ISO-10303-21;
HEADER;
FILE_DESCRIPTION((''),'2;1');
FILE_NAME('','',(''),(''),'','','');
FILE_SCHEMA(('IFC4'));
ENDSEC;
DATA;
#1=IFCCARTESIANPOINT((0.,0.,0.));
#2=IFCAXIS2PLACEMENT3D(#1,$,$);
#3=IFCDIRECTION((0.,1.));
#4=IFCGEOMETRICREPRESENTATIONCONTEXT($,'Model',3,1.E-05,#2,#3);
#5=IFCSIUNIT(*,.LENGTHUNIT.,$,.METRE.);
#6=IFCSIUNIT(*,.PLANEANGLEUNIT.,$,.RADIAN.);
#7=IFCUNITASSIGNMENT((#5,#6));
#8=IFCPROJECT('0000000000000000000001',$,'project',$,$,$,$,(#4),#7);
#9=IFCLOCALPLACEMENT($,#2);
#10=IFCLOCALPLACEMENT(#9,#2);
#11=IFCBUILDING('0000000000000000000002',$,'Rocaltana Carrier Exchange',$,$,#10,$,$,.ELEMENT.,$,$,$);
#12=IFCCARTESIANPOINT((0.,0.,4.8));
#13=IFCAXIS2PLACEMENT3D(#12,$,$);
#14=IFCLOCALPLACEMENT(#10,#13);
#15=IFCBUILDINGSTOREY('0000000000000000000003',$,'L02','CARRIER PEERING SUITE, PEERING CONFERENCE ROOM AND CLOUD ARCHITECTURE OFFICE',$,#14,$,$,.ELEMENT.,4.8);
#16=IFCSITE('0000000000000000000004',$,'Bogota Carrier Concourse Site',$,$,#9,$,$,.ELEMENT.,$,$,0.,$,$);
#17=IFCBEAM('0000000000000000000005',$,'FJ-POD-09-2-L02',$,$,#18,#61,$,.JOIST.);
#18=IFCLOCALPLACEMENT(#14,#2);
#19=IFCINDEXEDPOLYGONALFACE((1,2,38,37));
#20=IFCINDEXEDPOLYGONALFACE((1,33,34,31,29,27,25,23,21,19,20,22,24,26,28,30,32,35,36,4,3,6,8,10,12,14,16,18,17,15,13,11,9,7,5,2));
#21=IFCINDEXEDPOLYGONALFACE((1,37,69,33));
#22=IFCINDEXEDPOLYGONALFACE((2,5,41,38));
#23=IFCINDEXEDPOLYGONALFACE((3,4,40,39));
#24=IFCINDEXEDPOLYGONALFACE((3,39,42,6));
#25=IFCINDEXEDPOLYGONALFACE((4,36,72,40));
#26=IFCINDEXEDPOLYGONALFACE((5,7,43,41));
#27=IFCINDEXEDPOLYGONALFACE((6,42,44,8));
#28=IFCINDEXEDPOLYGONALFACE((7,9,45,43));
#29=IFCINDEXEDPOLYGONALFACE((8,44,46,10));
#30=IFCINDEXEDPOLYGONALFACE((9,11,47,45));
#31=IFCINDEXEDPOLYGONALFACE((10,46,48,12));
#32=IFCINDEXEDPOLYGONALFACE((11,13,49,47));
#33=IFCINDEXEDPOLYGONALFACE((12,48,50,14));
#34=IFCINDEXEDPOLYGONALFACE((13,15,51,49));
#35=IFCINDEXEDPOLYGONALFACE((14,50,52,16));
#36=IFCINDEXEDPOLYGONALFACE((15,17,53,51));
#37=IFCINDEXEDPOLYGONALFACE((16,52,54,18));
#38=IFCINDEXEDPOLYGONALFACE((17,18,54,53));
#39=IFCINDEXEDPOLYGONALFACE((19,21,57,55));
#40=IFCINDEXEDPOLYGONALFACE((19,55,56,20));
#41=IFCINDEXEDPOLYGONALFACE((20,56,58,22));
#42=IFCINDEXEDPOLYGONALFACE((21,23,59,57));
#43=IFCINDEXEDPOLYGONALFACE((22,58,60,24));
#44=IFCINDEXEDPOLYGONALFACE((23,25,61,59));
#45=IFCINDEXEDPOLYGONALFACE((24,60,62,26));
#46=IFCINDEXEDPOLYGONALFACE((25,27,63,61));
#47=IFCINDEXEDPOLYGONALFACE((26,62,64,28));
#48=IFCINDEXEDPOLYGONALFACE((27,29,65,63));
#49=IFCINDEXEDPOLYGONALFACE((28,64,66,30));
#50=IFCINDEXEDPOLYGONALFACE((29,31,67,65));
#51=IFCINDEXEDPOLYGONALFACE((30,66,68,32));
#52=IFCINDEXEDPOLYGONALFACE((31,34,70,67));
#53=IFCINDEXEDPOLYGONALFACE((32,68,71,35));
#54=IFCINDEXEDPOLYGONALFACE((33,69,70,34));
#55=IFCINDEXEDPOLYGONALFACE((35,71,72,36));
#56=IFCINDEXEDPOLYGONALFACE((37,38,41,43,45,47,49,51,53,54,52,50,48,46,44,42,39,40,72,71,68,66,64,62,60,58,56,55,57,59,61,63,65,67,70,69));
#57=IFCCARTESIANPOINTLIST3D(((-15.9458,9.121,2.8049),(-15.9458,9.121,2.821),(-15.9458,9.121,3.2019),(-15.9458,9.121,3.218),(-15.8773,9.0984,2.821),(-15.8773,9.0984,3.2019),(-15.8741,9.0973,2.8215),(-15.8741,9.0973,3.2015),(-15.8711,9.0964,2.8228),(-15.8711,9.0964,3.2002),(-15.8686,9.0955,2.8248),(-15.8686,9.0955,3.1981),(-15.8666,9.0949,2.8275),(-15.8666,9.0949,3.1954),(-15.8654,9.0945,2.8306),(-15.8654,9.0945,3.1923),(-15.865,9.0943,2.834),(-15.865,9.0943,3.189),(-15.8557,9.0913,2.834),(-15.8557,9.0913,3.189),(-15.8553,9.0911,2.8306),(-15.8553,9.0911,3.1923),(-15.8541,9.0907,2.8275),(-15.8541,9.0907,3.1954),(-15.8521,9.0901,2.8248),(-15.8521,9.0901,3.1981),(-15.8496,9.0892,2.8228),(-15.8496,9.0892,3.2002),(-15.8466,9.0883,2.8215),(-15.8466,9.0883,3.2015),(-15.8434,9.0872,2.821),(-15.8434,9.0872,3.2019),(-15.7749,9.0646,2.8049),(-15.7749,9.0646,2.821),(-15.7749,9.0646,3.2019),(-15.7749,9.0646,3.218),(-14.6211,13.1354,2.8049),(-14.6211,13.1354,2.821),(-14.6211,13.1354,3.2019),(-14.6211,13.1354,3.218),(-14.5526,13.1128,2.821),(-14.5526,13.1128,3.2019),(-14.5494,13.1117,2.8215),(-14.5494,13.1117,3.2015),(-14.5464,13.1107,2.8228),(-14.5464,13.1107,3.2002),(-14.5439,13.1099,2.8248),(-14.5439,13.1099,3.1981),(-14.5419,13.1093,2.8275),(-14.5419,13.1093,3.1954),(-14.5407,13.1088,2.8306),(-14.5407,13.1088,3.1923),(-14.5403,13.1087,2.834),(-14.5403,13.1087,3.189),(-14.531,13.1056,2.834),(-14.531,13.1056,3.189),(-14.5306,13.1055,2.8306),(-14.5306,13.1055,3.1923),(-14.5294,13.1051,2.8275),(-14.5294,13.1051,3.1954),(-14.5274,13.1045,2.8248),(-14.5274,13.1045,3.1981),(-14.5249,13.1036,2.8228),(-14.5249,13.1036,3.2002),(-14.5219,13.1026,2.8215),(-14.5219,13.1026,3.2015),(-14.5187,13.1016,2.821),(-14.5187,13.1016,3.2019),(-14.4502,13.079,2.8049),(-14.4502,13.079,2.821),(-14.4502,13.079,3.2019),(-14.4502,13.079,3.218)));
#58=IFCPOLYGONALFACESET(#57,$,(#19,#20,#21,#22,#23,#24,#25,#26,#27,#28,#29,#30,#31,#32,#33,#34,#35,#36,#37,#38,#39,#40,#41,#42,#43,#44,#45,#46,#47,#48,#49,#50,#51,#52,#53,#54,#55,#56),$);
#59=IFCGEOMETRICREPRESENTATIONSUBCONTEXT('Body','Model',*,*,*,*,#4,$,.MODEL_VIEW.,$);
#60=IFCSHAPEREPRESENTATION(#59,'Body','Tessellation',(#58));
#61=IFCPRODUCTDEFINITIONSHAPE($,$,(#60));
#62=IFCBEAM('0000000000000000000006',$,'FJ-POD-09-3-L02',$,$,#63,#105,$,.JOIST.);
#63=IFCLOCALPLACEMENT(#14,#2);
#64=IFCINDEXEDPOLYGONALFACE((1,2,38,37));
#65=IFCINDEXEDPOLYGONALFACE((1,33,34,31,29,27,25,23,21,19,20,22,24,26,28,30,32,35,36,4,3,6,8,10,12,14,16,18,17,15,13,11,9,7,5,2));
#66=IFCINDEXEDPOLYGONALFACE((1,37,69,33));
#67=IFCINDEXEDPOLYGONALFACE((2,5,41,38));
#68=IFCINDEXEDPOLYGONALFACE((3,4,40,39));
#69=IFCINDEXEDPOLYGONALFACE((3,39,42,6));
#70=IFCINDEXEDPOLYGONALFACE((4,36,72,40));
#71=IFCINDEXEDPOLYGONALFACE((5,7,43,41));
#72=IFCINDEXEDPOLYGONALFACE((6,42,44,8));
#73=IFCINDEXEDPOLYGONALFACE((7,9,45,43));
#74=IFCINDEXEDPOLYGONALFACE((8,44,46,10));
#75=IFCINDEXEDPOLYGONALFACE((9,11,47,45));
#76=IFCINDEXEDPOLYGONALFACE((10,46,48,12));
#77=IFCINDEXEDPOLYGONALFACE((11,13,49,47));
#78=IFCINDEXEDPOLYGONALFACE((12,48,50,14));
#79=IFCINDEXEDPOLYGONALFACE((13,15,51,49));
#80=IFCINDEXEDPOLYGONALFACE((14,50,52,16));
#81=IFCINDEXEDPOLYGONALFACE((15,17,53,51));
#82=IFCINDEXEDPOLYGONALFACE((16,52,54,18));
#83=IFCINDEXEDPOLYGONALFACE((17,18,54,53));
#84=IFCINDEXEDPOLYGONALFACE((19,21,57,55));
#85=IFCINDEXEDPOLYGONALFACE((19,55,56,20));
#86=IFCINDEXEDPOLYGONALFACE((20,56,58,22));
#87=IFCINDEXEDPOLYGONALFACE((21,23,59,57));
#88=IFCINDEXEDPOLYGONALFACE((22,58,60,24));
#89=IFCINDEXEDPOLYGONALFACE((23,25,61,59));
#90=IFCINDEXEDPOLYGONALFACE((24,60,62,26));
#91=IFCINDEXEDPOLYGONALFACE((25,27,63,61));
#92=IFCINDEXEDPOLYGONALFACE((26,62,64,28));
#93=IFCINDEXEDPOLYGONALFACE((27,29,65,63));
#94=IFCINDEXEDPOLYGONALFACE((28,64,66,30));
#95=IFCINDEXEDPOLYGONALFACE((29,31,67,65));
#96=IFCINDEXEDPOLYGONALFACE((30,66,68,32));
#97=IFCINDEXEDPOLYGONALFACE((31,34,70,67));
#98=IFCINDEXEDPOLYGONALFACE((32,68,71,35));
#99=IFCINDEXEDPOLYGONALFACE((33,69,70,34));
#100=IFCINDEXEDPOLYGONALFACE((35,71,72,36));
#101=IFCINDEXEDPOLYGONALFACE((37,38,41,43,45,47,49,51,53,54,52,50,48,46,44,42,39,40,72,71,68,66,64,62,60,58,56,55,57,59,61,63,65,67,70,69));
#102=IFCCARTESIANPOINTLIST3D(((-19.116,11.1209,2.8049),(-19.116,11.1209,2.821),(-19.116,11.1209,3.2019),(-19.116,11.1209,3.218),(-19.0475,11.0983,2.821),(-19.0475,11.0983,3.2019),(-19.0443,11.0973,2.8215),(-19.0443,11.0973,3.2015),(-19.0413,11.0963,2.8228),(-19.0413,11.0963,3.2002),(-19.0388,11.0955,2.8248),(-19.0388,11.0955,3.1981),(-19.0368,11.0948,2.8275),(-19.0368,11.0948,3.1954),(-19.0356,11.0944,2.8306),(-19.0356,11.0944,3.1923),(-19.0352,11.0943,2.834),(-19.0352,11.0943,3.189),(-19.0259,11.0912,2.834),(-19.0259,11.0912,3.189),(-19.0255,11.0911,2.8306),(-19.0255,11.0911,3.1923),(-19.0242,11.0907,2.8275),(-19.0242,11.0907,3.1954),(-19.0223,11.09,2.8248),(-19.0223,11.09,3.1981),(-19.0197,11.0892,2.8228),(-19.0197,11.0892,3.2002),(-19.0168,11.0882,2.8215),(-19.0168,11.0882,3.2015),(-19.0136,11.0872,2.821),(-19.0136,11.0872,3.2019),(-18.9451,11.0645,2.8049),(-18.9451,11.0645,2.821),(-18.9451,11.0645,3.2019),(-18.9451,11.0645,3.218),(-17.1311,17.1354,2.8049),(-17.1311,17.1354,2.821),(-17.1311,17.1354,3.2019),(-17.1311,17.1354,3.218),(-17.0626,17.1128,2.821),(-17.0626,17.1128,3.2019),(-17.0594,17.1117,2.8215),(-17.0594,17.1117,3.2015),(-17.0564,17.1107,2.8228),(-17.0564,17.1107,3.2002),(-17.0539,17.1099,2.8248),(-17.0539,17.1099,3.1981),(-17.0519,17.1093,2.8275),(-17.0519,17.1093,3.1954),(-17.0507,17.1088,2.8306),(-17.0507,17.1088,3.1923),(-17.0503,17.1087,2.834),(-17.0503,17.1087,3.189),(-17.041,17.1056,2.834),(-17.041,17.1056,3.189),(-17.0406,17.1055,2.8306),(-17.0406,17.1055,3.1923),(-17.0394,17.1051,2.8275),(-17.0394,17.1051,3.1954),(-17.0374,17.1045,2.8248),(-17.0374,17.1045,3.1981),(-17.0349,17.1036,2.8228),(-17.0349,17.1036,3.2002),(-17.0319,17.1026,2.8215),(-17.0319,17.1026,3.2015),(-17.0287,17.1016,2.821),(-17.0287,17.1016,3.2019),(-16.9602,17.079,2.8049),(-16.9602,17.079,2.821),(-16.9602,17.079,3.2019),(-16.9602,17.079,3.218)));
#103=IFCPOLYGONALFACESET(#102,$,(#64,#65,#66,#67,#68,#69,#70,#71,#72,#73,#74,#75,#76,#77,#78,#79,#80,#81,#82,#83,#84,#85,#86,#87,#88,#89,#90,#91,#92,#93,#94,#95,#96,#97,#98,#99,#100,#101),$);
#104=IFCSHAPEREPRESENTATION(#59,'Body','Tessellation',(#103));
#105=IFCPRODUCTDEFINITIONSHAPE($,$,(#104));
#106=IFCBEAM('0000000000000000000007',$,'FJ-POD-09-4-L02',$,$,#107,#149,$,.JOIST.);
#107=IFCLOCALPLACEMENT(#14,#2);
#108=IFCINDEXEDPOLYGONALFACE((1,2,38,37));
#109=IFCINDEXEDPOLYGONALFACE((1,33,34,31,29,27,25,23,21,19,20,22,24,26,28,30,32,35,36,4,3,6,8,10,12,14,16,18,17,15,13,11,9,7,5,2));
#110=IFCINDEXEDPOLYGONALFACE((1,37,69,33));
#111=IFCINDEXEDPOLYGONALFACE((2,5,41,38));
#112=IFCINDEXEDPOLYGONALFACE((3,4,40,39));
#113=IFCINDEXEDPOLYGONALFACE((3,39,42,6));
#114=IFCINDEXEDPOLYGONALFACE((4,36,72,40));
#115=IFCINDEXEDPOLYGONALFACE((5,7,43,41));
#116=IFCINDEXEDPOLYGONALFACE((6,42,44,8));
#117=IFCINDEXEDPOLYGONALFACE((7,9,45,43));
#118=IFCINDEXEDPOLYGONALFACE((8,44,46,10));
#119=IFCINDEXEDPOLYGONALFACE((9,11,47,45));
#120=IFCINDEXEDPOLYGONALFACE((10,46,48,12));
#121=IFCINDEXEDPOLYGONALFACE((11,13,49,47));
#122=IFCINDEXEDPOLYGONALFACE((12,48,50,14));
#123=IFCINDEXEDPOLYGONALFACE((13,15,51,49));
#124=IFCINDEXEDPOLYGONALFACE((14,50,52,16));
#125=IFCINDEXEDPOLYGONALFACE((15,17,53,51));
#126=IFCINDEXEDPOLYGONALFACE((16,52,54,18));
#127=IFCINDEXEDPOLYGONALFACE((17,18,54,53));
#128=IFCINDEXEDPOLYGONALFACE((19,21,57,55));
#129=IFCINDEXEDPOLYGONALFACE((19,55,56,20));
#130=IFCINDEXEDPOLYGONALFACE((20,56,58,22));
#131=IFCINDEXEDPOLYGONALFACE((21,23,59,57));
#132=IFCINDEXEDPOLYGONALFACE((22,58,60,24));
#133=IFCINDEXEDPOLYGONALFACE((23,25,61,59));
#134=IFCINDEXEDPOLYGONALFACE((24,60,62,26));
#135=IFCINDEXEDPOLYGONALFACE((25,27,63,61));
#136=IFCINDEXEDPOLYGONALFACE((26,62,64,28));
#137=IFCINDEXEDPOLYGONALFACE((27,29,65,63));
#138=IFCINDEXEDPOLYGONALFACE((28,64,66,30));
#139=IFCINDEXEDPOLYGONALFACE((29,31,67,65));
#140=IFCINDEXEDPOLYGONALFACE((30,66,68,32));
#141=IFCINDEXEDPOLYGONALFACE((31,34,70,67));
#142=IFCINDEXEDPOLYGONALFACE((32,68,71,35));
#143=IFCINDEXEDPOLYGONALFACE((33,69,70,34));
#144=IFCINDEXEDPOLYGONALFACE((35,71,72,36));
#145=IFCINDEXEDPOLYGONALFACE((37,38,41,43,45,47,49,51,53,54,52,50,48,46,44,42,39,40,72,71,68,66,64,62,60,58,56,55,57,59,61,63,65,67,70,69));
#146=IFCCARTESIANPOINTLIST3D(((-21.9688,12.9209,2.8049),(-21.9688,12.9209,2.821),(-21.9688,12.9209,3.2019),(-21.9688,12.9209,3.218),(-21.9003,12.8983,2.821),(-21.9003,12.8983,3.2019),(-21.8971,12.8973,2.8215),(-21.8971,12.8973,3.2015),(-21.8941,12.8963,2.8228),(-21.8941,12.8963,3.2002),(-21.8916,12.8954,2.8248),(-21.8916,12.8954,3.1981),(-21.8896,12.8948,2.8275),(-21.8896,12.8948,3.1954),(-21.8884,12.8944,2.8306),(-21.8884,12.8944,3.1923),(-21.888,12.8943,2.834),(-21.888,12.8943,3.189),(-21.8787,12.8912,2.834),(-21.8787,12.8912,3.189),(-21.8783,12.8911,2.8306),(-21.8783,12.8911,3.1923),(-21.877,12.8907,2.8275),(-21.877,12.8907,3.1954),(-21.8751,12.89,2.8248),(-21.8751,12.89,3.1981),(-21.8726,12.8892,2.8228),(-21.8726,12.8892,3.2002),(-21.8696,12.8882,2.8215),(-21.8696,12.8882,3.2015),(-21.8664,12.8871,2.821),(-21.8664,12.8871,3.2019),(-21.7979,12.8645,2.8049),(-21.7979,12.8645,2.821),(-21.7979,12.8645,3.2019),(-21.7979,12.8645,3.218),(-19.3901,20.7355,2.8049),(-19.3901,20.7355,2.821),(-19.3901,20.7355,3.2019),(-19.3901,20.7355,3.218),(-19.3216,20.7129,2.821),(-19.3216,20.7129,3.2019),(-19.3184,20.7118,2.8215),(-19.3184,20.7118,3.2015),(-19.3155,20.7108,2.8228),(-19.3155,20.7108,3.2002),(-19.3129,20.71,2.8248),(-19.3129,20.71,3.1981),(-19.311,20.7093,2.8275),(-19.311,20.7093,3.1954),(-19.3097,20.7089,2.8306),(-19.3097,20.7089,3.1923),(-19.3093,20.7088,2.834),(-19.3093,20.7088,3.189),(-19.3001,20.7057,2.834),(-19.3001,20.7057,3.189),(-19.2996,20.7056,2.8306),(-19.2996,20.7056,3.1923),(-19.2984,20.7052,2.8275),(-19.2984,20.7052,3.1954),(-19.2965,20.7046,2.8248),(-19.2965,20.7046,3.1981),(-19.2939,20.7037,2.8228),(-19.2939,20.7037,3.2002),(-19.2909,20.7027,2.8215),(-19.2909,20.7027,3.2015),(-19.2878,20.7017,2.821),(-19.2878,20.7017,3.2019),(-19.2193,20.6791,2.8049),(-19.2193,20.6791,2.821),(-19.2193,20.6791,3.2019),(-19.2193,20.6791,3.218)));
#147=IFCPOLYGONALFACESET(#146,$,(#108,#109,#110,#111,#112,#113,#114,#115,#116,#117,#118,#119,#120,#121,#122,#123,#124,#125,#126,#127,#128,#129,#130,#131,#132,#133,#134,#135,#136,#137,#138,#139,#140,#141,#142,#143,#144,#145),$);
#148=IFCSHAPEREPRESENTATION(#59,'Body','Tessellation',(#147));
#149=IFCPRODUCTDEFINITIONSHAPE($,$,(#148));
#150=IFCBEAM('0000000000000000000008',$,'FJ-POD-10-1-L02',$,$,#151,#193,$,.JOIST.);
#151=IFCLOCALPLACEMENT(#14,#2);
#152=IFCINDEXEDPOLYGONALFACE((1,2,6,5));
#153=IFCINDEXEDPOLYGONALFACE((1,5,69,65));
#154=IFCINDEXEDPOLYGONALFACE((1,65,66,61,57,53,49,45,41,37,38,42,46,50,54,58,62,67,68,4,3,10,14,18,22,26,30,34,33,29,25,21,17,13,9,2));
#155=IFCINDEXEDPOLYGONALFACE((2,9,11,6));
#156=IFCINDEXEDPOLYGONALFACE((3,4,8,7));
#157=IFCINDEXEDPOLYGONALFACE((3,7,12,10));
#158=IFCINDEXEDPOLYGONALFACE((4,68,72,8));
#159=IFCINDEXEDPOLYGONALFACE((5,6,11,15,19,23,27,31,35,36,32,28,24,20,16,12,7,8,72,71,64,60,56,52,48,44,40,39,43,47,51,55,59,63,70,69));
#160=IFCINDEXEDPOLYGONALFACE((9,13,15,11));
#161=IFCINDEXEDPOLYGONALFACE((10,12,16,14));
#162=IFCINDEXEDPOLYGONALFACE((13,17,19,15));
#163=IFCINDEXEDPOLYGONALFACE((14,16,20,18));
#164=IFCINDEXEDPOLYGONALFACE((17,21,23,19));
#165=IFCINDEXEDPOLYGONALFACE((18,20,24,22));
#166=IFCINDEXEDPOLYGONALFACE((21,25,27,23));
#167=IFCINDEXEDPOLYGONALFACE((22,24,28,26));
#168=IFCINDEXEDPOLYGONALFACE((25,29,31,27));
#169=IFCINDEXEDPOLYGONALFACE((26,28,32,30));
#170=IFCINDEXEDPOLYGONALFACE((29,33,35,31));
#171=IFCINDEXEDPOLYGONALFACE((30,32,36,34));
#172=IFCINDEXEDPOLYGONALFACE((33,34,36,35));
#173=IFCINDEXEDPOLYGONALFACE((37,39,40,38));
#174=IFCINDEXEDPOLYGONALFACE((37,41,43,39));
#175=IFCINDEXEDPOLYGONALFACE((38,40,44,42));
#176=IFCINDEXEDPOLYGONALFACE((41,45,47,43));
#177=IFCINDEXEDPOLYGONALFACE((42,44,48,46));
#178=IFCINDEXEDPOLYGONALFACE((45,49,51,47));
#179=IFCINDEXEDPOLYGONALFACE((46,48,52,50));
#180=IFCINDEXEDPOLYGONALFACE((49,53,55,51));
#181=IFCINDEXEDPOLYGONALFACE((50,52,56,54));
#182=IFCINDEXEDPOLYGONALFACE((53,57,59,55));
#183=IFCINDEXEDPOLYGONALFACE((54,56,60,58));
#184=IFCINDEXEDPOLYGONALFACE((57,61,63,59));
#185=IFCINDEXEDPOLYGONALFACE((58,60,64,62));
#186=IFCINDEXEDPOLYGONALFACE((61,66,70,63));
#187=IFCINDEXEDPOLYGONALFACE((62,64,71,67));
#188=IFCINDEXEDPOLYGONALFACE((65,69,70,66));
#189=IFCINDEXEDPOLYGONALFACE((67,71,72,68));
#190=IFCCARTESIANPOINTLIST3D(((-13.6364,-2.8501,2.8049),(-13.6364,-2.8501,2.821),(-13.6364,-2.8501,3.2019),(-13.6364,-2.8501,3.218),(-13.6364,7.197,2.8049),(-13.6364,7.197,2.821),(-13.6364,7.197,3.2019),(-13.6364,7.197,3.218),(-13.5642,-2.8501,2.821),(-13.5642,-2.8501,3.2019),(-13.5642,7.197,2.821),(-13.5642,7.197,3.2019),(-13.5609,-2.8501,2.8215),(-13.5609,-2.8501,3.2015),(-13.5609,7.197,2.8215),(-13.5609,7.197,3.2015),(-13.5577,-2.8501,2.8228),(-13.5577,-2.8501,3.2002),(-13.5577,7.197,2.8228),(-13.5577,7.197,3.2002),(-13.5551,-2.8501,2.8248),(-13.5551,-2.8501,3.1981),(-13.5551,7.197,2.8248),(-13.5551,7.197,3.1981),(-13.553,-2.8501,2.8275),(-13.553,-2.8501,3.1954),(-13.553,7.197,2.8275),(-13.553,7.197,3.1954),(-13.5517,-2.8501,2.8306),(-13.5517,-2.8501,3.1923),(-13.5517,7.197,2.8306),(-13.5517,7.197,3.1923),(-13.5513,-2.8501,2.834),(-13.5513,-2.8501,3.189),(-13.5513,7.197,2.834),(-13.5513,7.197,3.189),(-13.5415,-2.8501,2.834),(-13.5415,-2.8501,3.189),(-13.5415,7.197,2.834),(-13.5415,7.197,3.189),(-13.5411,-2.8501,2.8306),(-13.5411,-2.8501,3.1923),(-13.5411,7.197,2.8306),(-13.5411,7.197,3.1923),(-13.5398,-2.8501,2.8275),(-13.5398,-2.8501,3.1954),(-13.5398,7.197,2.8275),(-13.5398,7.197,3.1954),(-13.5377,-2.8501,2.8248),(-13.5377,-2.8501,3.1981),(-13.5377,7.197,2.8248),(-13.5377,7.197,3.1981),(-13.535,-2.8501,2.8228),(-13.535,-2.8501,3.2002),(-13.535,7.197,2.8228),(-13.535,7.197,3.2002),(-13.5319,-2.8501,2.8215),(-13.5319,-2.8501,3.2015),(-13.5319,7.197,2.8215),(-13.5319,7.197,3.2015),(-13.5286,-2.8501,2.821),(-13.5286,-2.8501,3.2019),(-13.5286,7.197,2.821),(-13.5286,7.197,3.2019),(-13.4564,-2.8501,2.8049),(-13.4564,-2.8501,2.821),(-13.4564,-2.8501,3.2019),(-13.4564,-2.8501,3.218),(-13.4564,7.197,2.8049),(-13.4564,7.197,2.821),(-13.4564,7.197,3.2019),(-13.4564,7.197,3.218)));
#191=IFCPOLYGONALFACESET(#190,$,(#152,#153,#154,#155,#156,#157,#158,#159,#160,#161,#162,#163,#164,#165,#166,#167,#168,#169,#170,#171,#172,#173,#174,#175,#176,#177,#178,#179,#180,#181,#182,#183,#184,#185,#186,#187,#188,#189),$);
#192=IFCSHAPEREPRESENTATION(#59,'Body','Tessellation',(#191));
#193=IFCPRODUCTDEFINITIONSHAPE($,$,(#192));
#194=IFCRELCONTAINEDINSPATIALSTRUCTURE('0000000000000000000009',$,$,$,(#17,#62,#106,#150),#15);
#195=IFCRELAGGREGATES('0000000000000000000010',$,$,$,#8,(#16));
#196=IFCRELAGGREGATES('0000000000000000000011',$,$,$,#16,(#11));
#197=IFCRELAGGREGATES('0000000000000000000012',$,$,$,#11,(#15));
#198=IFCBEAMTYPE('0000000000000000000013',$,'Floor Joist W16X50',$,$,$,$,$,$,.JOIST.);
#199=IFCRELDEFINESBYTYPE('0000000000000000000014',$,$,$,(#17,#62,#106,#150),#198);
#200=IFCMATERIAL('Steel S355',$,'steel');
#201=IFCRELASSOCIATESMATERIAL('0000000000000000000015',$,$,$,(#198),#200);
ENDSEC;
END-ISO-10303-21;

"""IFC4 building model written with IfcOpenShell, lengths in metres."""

from ifc_helpers import new_model, si_unit, direction, frame, origin, origin_2d, place, context, subcontext, project, spatial, i_section, extrude, material, material_profile, profile_set, type_object, element, save


model = new_model("IFC4")

# Units and contexts
model_context = context("Model", 3, precision=1e-05, world=origin(), true_north=direction((0.0, 1.0)))
body_context = subcontext(model_context, "Body", "Model", "MODEL_VIEW")
ifc_project = project(units=[si_unit("LENGTHUNIT", "METRE"), si_unit("PLANEANGLEUNIT", "RADIAN")], contexts=[model_context])

# Site, building, storey
site_placement = place(None, origin())
site = spatial("IfcSite", under=ifc_project, at=site_placement, Name="Bogota Carrier Concourse Site", CompositionType="ELEMENT", RefElevation=0.0)
building_placement = place(site_placement, origin())
building = spatial("IfcBuilding", under=site, at=building_placement, Name="Rocaltana Carrier Exchange", CompositionType="ELEMENT")
storey_placement = place(building_placement, frame((0.0, 0.0, 4.8)))
storey = spatial("IfcBuildingStorey", under=building, at=storey_placement, Name="L02", Description="CARRIER PEERING SUITE, PEERING CONFERENCE ROOM AND CLOUD ARCHITECTURE OFFICE", CompositionType="ELEMENT", Elevation=4.8)

# Beams
ifc_material_1 = material(Name="Steel S355", Category="steel")
ifc_material_profile_1 = material_profile(ifc_material_1, i_section(OverallWidth=0.1799, OverallDepth=0.4131, WebThickness=0.0098, FlangeThickness=0.0161, FilletRadius=0.0129, at=origin_2d()), Name="W16X50")
ifc_profile_set_1 = profile_set([ifc_material_profile_1], Name="Steel S355")
beam_type_1 = type_object("IfcBeamType", Name="Floor Joist W16X50", PredefinedType="JOIST", material=ifc_profile_set_1)
beam_1_placement = place(storey_placement, frame((-14.5356, 13.1072, 3.0115), z_axis=(-0.313368, -0.949632, 0.0), x_axis=(0.949632, -0.313368, 0.0)))
element("IfcBeam", 1, at=beam_1_placement, inside=storey, type_object=beam_type_1, Name="FJ-POD-09-2-L02", PredefinedType="JOIST", context=body_context, shape_type="SweptSolid", body=[
    extrude(i_section(OverallWidth=0.1799, OverallDepth=0.4131, WebThickness=0.0098, FlangeThickness=0.0161, FilletRadius=0.0129, at=origin_2d()), origin(), (0.0, 0.0, 1.0), 4.2273),
])
beam_2_placement = place(storey_placement, frame((-17.0457, 17.1072, 3.0115), z_axis=(-0.313393, -0.949623, 0.0), x_axis=(0.949623, -0.313393, 0.0)))
element("IfcBeam", 2, at=beam_2_placement, inside=storey, type_object=beam_type_1, Name="FJ-POD-09-3-L02", PredefinedType="JOIST", context=body_context, shape_type="SweptSolid", body=[
    extrude(i_section(OverallWidth=0.1799, OverallDepth=0.4131, WebThickness=0.0098, FlangeThickness=0.0161, FilletRadius=0.0129, at=origin_2d()), origin(), (0.0, 0.0, 1.0), 6.3335),
])
beam_3_placement = place(storey_placement, frame((-19.3047, 20.7073, 3.0115), z_axis=(-0.31336, -0.949634, 0.0), x_axis=(0.949634, -0.31336, 0.0)))
element("IfcBeam", 3, at=beam_3_placement, inside=storey, type_object=beam_type_1, Name="FJ-POD-09-4-L02", PredefinedType="JOIST", context=body_context, shape_type="SweptSolid", body=[
    extrude(i_section(OverallWidth=0.1799, OverallDepth=0.4131, WebThickness=0.0098, FlangeThickness=0.0161, FilletRadius=0.0129, at=origin_2d()), origin(), (0.0, 0.0, 1.0), 8.229),
])
beam_4_placement = place(storey_placement, frame((-13.5464, 7.197, 3.0115), z_axis=(0.0, -1.0, 0.0), x_axis=(1.0, 0.0, 0.0)))
element("IfcBeam", 4, at=beam_4_placement, inside=storey, type_object=beam_type_1, Name="FJ-POD-10-1-L02", PredefinedType="JOIST", context=body_context, shape_type="SweptSolid", body=[
    extrude(i_section(OverallWidth=0.1799, OverallDepth=0.4131, WebThickness=0.0098, FlangeThickness=0.0161, FilletRadius=0.0129, at=origin_2d()), origin(), (0.0, 0.0, 1.0), 10.0471),
])

save(model, "model.ifc")
